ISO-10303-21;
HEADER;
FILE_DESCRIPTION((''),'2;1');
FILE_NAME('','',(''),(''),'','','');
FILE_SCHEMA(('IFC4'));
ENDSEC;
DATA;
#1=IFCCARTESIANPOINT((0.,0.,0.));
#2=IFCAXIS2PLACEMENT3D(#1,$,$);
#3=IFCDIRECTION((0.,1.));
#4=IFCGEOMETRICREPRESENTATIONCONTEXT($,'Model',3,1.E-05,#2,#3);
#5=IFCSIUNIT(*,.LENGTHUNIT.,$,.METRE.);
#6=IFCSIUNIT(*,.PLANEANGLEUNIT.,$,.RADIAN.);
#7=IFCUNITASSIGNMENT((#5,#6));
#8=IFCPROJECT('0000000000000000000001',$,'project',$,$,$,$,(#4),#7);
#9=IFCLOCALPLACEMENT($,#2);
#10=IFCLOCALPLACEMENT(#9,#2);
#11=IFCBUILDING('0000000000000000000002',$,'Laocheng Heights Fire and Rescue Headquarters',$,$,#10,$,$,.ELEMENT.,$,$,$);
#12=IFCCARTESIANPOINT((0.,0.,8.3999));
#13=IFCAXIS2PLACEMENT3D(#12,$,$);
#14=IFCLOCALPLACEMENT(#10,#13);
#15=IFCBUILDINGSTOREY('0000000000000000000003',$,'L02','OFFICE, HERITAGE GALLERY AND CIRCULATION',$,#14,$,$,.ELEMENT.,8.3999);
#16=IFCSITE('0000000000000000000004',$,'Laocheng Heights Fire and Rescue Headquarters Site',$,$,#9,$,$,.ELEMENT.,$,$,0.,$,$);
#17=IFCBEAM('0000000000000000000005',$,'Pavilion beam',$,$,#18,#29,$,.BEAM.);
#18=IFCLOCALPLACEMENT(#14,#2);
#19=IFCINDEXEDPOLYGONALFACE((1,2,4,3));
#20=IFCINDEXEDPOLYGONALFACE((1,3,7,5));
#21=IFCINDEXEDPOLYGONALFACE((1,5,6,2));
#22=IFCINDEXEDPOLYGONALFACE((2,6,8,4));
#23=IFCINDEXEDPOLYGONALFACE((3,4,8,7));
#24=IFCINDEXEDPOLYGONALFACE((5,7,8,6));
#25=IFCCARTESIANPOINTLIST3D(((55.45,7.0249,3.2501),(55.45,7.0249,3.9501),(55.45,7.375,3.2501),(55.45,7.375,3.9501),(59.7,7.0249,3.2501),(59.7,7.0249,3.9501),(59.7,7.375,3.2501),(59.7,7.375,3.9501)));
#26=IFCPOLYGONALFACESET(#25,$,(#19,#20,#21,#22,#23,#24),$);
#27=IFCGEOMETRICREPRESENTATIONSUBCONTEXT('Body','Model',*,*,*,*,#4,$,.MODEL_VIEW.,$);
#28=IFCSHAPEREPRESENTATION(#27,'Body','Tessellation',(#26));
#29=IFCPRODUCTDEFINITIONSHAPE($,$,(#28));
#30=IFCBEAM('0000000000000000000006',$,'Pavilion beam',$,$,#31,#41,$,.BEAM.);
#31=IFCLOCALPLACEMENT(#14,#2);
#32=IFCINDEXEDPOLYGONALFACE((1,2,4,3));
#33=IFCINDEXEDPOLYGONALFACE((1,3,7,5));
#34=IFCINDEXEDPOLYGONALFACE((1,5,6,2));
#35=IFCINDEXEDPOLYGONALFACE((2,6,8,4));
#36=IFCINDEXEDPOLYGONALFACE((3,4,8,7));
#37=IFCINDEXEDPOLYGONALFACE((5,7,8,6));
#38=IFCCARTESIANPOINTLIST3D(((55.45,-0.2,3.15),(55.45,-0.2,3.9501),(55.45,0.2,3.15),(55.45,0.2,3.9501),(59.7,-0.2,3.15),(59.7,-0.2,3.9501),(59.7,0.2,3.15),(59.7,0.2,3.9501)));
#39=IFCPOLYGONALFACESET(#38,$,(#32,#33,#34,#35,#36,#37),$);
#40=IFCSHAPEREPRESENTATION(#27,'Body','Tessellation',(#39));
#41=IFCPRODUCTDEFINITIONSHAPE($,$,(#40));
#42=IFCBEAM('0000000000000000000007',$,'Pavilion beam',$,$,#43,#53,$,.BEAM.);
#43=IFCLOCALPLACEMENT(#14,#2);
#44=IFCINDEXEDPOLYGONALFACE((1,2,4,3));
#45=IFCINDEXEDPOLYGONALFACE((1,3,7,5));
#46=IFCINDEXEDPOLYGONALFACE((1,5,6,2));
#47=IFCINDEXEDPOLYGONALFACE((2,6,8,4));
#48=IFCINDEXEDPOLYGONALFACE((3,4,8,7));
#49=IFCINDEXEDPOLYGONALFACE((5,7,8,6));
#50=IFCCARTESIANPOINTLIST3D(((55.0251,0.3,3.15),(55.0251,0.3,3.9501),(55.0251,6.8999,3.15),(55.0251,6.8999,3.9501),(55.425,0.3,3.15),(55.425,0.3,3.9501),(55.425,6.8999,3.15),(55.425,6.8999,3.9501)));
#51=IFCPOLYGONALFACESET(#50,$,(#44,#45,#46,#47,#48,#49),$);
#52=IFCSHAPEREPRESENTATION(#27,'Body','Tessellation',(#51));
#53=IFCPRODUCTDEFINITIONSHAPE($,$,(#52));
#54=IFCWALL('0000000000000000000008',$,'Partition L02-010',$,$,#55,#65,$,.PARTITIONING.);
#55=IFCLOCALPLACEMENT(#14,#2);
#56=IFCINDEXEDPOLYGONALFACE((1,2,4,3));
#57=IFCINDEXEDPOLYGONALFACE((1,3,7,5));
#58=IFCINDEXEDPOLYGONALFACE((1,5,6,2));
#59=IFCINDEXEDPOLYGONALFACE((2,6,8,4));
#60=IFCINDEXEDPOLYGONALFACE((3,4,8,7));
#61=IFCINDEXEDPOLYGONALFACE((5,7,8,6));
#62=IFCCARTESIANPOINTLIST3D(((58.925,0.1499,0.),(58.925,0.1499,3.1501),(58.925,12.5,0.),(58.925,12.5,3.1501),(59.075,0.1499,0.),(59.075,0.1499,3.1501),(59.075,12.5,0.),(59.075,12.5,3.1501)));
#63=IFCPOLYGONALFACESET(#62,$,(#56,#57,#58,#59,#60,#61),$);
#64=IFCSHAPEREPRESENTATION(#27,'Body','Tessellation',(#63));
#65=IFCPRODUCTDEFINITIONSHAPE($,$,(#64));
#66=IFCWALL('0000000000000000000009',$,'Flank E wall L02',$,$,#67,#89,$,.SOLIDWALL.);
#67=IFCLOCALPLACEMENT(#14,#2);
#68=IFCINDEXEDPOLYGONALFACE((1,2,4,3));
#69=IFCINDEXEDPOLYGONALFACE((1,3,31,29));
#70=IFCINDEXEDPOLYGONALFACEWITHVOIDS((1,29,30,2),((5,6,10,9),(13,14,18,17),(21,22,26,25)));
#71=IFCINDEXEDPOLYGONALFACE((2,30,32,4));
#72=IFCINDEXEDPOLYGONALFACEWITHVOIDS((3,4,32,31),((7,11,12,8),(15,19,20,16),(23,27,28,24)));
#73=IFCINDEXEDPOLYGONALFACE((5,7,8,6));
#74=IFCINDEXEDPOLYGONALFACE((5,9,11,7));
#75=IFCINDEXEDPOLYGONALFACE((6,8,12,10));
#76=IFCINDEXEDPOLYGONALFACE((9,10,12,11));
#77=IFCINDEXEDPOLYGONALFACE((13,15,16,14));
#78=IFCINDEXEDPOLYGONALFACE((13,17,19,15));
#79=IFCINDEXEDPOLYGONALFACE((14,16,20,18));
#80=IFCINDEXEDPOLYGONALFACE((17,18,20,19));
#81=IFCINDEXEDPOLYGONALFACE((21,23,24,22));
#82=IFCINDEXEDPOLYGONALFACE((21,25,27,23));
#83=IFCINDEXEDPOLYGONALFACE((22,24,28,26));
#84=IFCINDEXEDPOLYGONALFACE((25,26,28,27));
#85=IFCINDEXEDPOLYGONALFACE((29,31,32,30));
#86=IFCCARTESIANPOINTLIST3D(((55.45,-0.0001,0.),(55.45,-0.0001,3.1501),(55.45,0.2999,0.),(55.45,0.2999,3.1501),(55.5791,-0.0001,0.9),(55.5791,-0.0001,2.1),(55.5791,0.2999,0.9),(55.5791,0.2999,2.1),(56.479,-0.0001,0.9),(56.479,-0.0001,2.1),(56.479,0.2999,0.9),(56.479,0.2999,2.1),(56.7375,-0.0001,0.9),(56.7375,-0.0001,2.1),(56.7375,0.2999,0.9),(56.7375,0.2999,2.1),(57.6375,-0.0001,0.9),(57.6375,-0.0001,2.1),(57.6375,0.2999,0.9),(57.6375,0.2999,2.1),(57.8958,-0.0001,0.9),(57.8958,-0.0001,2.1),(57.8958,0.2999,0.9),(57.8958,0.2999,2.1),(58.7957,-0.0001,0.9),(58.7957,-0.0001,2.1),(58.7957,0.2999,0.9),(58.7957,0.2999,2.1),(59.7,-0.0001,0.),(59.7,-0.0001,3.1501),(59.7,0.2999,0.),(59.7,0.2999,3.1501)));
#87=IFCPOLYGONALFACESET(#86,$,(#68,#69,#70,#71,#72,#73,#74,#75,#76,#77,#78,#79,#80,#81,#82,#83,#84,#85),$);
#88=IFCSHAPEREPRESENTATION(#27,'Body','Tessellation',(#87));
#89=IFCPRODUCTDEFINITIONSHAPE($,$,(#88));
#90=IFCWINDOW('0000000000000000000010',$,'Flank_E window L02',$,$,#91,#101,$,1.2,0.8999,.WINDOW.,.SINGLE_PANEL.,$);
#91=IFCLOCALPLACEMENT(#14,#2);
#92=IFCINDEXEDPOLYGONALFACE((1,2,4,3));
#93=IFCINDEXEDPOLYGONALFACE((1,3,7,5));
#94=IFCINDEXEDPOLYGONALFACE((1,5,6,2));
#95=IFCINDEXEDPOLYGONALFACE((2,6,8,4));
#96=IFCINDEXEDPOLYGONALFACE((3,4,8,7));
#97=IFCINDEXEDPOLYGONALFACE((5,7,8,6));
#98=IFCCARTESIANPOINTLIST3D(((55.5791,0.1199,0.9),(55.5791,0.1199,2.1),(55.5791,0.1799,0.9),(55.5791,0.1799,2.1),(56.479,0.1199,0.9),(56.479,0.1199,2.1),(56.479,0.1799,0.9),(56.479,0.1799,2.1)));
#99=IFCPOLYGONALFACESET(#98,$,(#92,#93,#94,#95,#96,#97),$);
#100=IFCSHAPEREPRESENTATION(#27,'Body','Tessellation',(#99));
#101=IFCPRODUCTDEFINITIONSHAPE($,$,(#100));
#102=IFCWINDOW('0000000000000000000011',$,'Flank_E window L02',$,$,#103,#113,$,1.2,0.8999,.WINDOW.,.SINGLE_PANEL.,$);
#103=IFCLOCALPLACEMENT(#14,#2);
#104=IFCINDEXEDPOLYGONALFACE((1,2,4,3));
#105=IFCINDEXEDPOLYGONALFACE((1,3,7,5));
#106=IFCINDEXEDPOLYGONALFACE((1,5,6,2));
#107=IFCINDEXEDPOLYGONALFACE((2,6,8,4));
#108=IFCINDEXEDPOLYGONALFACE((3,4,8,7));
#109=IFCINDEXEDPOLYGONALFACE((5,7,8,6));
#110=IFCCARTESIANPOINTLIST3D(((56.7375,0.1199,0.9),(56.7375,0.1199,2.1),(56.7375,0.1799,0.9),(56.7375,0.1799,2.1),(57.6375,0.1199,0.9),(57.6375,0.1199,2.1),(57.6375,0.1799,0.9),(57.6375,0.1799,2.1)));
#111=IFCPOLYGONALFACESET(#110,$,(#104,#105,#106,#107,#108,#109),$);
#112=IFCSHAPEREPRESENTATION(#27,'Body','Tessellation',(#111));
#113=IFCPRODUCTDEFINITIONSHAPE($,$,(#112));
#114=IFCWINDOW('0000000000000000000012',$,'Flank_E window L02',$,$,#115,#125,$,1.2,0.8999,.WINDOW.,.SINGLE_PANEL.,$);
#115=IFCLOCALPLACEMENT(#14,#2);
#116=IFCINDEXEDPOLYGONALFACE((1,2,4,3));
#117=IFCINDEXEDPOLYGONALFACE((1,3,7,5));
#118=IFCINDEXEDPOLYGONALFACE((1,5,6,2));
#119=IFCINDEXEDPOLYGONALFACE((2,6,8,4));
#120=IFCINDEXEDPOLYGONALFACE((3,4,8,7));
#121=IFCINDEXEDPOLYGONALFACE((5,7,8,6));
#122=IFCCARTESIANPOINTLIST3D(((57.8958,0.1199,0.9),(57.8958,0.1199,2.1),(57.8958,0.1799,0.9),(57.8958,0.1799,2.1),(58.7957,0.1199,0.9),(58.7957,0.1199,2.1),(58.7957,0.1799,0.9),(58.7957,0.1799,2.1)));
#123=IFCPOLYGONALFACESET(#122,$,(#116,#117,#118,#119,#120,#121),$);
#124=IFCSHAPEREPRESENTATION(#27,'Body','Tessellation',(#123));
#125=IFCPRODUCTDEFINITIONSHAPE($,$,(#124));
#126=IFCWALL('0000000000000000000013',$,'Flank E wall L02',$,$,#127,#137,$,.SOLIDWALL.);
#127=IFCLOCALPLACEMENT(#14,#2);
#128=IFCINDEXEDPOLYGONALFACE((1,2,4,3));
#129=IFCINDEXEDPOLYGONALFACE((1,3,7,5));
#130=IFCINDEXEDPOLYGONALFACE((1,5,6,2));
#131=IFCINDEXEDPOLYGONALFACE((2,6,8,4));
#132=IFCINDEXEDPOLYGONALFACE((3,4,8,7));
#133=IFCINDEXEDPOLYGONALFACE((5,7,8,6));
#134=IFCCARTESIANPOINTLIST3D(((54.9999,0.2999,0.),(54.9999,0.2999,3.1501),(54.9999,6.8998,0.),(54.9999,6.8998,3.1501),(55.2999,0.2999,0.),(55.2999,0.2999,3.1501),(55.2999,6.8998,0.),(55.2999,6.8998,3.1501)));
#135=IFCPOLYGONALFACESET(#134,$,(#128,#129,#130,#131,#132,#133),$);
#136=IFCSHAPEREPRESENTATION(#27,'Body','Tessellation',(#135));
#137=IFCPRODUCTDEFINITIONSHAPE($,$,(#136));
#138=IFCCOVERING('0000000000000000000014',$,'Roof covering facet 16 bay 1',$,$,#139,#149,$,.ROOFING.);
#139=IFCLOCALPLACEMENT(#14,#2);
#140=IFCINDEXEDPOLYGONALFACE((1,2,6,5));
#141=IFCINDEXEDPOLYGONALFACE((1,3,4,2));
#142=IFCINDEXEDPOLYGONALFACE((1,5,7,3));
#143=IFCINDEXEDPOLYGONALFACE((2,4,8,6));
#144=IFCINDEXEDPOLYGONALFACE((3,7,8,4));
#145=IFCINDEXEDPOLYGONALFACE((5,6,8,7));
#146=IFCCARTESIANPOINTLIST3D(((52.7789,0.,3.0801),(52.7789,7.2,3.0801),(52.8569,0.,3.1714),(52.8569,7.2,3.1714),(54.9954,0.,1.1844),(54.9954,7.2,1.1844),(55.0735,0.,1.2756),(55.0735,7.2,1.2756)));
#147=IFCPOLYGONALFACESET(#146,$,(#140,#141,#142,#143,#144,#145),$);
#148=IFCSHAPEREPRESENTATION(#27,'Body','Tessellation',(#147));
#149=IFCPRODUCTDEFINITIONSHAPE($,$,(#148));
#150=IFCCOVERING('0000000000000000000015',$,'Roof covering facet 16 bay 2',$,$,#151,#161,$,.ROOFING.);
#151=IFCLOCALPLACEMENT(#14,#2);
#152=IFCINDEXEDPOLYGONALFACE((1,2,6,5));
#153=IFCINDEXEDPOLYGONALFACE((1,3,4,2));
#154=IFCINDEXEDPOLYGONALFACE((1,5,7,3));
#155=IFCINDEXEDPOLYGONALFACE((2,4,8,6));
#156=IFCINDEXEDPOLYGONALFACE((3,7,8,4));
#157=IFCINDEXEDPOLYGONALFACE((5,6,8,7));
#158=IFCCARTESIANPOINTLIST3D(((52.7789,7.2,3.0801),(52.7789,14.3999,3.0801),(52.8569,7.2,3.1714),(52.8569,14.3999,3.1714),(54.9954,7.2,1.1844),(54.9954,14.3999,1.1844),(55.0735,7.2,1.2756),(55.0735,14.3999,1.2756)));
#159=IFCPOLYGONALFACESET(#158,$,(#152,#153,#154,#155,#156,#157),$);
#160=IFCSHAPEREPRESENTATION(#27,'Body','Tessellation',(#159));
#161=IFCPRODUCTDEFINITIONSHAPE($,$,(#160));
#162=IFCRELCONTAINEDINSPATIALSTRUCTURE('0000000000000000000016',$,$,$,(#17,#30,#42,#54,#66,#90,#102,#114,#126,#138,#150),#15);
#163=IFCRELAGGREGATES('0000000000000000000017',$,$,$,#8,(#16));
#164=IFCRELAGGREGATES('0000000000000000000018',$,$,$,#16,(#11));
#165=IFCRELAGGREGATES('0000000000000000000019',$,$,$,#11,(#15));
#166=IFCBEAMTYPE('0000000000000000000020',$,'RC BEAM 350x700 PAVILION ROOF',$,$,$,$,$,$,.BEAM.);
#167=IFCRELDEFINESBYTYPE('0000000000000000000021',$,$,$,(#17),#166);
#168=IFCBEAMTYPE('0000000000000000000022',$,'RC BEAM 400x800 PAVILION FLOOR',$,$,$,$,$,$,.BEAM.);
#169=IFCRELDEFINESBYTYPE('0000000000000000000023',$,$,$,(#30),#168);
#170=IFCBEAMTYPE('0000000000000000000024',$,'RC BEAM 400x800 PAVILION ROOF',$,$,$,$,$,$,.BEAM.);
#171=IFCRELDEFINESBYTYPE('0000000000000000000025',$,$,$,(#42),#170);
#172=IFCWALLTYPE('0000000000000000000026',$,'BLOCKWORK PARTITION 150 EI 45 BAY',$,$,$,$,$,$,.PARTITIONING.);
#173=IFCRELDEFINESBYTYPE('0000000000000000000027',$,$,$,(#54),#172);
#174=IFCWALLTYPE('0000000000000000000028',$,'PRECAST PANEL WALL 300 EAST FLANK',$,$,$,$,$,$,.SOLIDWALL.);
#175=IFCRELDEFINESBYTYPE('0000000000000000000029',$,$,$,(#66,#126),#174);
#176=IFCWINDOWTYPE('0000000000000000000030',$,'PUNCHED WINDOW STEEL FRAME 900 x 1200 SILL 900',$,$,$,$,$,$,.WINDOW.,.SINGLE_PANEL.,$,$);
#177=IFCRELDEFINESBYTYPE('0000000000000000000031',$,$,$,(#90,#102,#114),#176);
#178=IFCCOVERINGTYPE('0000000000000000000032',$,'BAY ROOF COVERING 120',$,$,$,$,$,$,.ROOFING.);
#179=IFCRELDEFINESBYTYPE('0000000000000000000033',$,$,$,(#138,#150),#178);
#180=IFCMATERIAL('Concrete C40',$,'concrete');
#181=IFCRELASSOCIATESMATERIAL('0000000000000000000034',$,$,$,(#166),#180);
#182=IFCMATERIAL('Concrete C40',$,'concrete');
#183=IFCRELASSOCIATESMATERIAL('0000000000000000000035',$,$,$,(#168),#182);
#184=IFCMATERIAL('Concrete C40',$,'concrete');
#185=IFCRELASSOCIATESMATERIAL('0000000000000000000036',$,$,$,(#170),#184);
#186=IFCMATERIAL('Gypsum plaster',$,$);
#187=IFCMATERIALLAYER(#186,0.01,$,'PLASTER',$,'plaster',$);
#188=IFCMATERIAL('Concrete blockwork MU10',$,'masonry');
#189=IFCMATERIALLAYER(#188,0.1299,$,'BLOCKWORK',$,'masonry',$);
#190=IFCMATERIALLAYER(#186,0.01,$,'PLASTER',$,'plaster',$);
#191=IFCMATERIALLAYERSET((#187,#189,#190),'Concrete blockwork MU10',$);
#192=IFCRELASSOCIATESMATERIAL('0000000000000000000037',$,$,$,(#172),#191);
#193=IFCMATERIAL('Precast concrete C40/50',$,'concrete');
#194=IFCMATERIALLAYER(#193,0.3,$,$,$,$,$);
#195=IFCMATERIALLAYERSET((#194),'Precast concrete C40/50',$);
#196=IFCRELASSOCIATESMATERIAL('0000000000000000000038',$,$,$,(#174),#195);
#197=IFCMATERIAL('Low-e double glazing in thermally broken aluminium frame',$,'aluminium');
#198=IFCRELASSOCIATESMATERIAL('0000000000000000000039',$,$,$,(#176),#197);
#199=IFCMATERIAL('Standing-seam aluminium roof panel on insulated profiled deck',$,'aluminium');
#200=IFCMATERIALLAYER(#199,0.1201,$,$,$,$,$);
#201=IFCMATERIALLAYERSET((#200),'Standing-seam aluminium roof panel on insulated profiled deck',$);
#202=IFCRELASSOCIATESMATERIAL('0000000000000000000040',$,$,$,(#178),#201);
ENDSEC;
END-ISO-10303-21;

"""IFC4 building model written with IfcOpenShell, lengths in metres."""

from ifc_helpers import new_model, si_unit, direction, frame, frame_2d, origin, origin_2d, place, context, subcontext, project, spatial, polyline, rectangle, outline, extrude, material, layer, layer_set, material_profile, profile_set, type_object, element, fill, save


model = new_model("IFC4")

# Units and contexts
model_context = context("Model", 3, precision=1e-05, world=origin(), true_north=direction((0.0, 1.0)))
body_context = subcontext(model_context, "Body", "Model", "MODEL_VIEW")
ifc_project = project(units=[si_unit("LENGTHUNIT", "METRE"), si_unit("PLANEANGLEUNIT", "RADIAN")], contexts=[model_context])

# Site, building, storey
site_placement = place(None, origin())
site = spatial("IfcSite", under=ifc_project, at=site_placement, Name="Laocheng Heights Fire and Rescue Headquarters Site", CompositionType="ELEMENT", RefElevation=0.0)
building_placement = place(site_placement, origin())
building = spatial("IfcBuilding", under=site, at=building_placement, Name="Laocheng Heights Fire and Rescue Headquarters", CompositionType="ELEMENT")
storey_placement = place(building_placement, frame((0.0, 0.0, 8.3999)))
storey = spatial("IfcBuildingStorey", under=building, at=storey_placement, Name="L02", Description="OFFICE, HERITAGE GALLERY AND CIRCULATION", CompositionType="ELEMENT", Elevation=8.3999)

# Beams
ifc_material_1 = material(Name="Concrete C40", Category="concrete")
ifc_material_profile_1 = material_profile(ifc_material_1, rectangle(XDim=0.3501, YDim=0.7, at=origin_2d()), Name="RC BEAM 350x700 PAVILION ROOF")
ifc_profile_set_1 = profile_set([ifc_material_profile_1], Name="Concrete C40")
beam_type_1 = type_object("IfcBeamType", Name="RC BEAM 350x700 PAVILION ROOF", PredefinedType="BEAM", material=ifc_profile_set_1)
beam_1_placement = place(storey_placement, frame((55.45, 7.2, 3.6001), z_axis=(1.0, 0.0, 0.0), x_axis=(0.0, 1.0, 0.0)))
element("IfcBeam", 1, at=beam_1_placement, inside=storey, type_object=beam_type_1, Name="Pavilion beam", PredefinedType="BEAM", context=body_context, shape_type="SweptSolid", body=[
    extrude(rectangle(XDim=0.3501, YDim=0.7, at=origin_2d()), origin(), (0.0, 0.0, 1.0), 4.25),
])
ifc_material_2 = material(Name="Concrete C40", Category="concrete")
ifc_material_profile_2 = material_profile(ifc_material_2, rectangle(XDim=0.3999, YDim=0.8, at=origin_2d()), Name="RC BEAM 400x800 PAVILION FLOOR")
ifc_profile_set_2 = profile_set([ifc_material_profile_2], Name="Concrete C40")
beam_type_2 = type_object("IfcBeamType", Name="RC BEAM 400x800 PAVILION FLOOR", PredefinedType="BEAM", material=ifc_profile_set_2)
beam_2_placement = place(storey_placement, frame((55.45, 0.0, 3.55), z_axis=(1.0, 0.0, 0.0), x_axis=(0.0, 1.0, 0.0)))
element("IfcBeam", 2, at=beam_2_placement, inside=storey, type_object=beam_type_2, Name="Pavilion beam", PredefinedType="BEAM", context=body_context, shape_type="SweptSolid", body=[
    extrude(rectangle(XDim=0.3999, YDim=0.8, at=origin_2d()), origin(), (0.0, 0.0, 1.0), 4.25),
])
ifc_material_3 = material(Name="Concrete C40", Category="concrete")
ifc_material_profile_3 = material_profile(ifc_material_3, rectangle(XDim=0.3999, YDim=0.8, at=origin_2d()), Name="RC BEAM 400x800 PAVILION ROOF")
ifc_profile_set_3 = profile_set([ifc_material_profile_3], Name="Concrete C40")
beam_type_3 = type_object("IfcBeamType", Name="RC BEAM 400x800 PAVILION ROOF", PredefinedType="BEAM", material=ifc_profile_set_3)
beam_3_placement = place(storey_placement, frame((55.2251, 0.3, 3.55), z_axis=(0.0, 1.0, 0.0), x_axis=(-1.0, 0.0, 0.0)))
element("IfcBeam", 3, at=beam_3_placement, inside=storey, type_object=beam_type_3, Name="Pavilion beam", PredefinedType="BEAM", context=body_context, shape_type="SweptSolid", body=[
    extrude(rectangle(XDim=0.3999, YDim=0.8, at=origin_2d()), origin(), (0.0, 0.0, 1.0), 6.5999),
])

# Wall
ifc_material_4 = material(Name="Gypsum plaster")
ifc_layer_1 = layer(ifc_material_4, 0.01, Name="PLASTER", Category="plaster")
ifc_material_5 = material(Name="Concrete blockwork MU10", Category="masonry")
ifc_layer_2 = layer(ifc_material_5, 0.1299, Name="BLOCKWORK", Category="masonry")
ifc_layer_3 = layer(ifc_material_4, 0.01, Name="PLASTER", Category="plaster")
ifc_layer_set_1 = layer_set([ifc_layer_1, ifc_layer_2, ifc_layer_3], Name="Concrete blockwork MU10")
wall_type_1 = type_object("IfcWallType", Name="BLOCKWORK PARTITION 150 EI 45 BAY", PredefinedType="PARTITIONING", material=ifc_layer_set_1)
wall_1_placement = place(storey_placement, frame((59.0, 0.1499, 0.0), z_axis=(0.0, 0.0, 1.0), x_axis=(0.0, 1.0, 0.0)))
element("IfcWall", 4, at=wall_1_placement, inside=storey, type_object=wall_type_1, Name="Partition L02-010", PredefinedType="PARTITIONING", context=body_context, shape_type="SweptSolid", body=[
    extrude(rectangle(XDim=12.3501, YDim=0.1499, at=frame_2d((6.175, 0.0))), origin(), (0.0, 0.0, 1.0), 3.1501),
])

# Wall, openings, windows
ifc_material_6 = material(Name="Precast concrete C40/50", Category="concrete")
ifc_layer_4 = layer(ifc_material_6, 0.3)
ifc_layer_set_2 = layer_set([ifc_layer_4], Name="Precast concrete C40/50")
wall_type_2 = type_object("IfcWallType", Name="PRECAST PANEL WALL 300 EAST FLANK", PredefinedType="SOLIDWALL", material=ifc_layer_set_2)
wall_2_placement = place(storey_placement, frame((55.45, 0.1499, 0.0), z_axis=(0.0, 0.0, 1.0), x_axis=(1.0, 0.0, 0.0)))
wall_2 = element("IfcWall", 5, at=wall_2_placement, inside=storey, type_object=wall_type_2, Name="Flank E wall L02", PredefinedType="SOLIDWALL", context=body_context, shape_type="SweptSolid", body=[
    extrude(rectangle(XDim=4.25, YDim=0.3, at=frame_2d((2.125, 0.0))), origin(), (0.0, 0.0, 1.0), 3.1501),
])
opening_1_placement = place(wall_2_placement, frame((0.1292, 0.0, 0.8999)))
opening_1 = element("IfcOpeningElement", 6, at=opening_1_placement, cuts=wall_2, PredefinedType="OPENING", context=body_context, shape_type="SweptSolid", body=[
    extrude(rectangle(XDim=0.8999, YDim=1.2, at=frame_2d((0.45, 0.6001))), frame((0.0, 0.1599, 0.0), z_axis=(0.0, -1.0, 0.0), x_axis=(1.0, 0.0, 0.0)), (0.0, 0.0, 1.0), 0.3201),
])
opening_2_placement = place(wall_2_placement, frame((1.2876, 0.0, 0.8999)))
opening_2 = element("IfcOpeningElement", 7, at=opening_2_placement, cuts=wall_2, PredefinedType="OPENING", context=body_context, shape_type="SweptSolid", body=[
    extrude(rectangle(XDim=0.8999, YDim=1.2, at=frame_2d((0.45, 0.6001))), frame((0.0, 0.1599, 0.0), z_axis=(0.0, -1.0, 0.0), x_axis=(1.0, 0.0, 0.0)), (0.0, 0.0, 1.0), 0.3201),
])
opening_3_placement = place(wall_2_placement, frame((2.4458, 0.0, 0.8999)))
opening_3 = element("IfcOpeningElement", 8, at=opening_3_placement, cuts=wall_2, PredefinedType="OPENING", context=body_context, shape_type="SweptSolid", body=[
    extrude(rectangle(XDim=0.8999, YDim=1.2, at=frame_2d((0.45, 0.6001))), frame((0.0, 0.1599, 0.0), z_axis=(0.0, -1.0, 0.0), x_axis=(1.0, 0.0, 0.0)), (0.0, 0.0, 1.0), 0.3201),
])
ifc_material_7 = material(Name="Low-e double glazing in thermally broken aluminium frame", Category="aluminium")
window_type = type_object("IfcWindowType", Name="PUNCHED WINDOW STEEL FRAME 900 x 1200 SILL 900", PartitioningType="SINGLE_PANEL", PredefinedType="WINDOW", material=ifc_material_7)
window_1_placement = place(opening_1_placement, origin())
window_1 = element("IfcWindow", 9, at=window_1_placement, inside=storey, type_object=window_type, Name="Flank_E window L02", OverallHeight=1.2, OverallWidth=0.8999, PartitioningType="SINGLE_PANEL", PredefinedType="WINDOW", context=body_context, shape_type="SweptSolid", body=[
    extrude(rectangle(XDim=0.8999, YDim=1.2, at=frame_2d((0.45, 0.6001))), frame((0.0, 0.03, 0.0), z_axis=(0.0, -1.0, 0.0), x_axis=(1.0, 0.0, 0.0)), (0.0, 0.0, 1.0), 0.0601),
])
fill(opening_1, window_1)
window_2_placement = place(opening_2_placement, origin())
window_2 = element("IfcWindow", 10, at=window_2_placement, inside=storey, type_object=window_type, Name="Flank_E window L02", OverallHeight=1.2, OverallWidth=0.8999, PartitioningType="SINGLE_PANEL", PredefinedType="WINDOW", context=body_context, shape_type="SweptSolid", body=[
    extrude(rectangle(XDim=0.8999, YDim=1.2, at=frame_2d((0.45, 0.6001))), frame((0.0, 0.03, 0.0), z_axis=(0.0, -1.0, 0.0), x_axis=(1.0, 0.0, 0.0)), (0.0, 0.0, 1.0), 0.0601),
])
fill(opening_2, window_2)
window_3_placement = place(opening_3_placement, origin())
window_3 = element("IfcWindow", 11, at=window_3_placement, inside=storey, type_object=window_type, Name="Flank_E window L02", OverallHeight=1.2, OverallWidth=0.8999, PartitioningType="SINGLE_PANEL", PredefinedType="WINDOW", context=body_context, shape_type="SweptSolid", body=[
    extrude(rectangle(XDim=0.8999, YDim=1.2, at=frame_2d((0.45, 0.6001))), frame((0.0, 0.03, 0.0), z_axis=(0.0, -1.0, 0.0), x_axis=(1.0, 0.0, 0.0)), (0.0, 0.0, 1.0), 0.0601),
])
fill(opening_3, window_3)

# Wall
wall_3_placement = place(storey_placement, frame((55.1499, 0.3, 0.0), z_axis=(0.0, 0.0, 1.0), x_axis=(0.0, 1.0, 0.0)))
element("IfcWall", 12, at=wall_3_placement, inside=storey, type_object=wall_type_2, Name="Flank E wall L02", PredefinedType="SOLIDWALL", context=body_context, shape_type="SweptSolid", body=[
    extrude(rectangle(XDim=6.5999, YDim=0.3, at=frame_2d((3.2998, 0.0))), origin(), (0.0, 0.0, 1.0), 3.1501),
])

# Coverings
ifc_material_8 = material(Name="Standing-seam aluminium roof panel on insulated profiled deck", Category="aluminium")
ifc_layer_5 = layer(ifc_material_8, 0.1201)
ifc_layer_set_3 = layer_set([ifc_layer_5], Name="Standing-seam aluminium roof panel on insulated profiled deck")
covering_type = type_object("IfcCoveringType", Name="BAY ROOF COVERING 120", PredefinedType="ROOFING", material=ifc_layer_set_3)
for number, where, z_axis, x_axis, name in (
    (13, (52.8569, 0.0, 3.1714), (0.649971, 0.0, 0.759959), (0.759959, 0.0, -0.649971), "Roof covering facet 16 bay 1"),
    (14, (52.8569, 7.2, 3.1714), (0.649971, 0.0, 0.759959), (0.759959, 0.0, -0.649971), "Roof covering facet 16 bay 2"),
):
    element("IfcCovering", number, at=place(storey_placement, frame(where, z_axis=z_axis, x_axis=x_axis)), inside=storey, type_object=covering_type, Name=name, PredefinedType="ROOFING", context=body_context, shape_type="SweptSolid", body=[
        extrude(outline(polyline([(0.0, 0.0), (2.9167, 0.0), (2.9167, 7.2), (0.0, 7.2), (0.0, 0.0)])), origin(), (0.0, 0.0, -1.0), 0.1201),
    ])

save(model, "model.ifc")
